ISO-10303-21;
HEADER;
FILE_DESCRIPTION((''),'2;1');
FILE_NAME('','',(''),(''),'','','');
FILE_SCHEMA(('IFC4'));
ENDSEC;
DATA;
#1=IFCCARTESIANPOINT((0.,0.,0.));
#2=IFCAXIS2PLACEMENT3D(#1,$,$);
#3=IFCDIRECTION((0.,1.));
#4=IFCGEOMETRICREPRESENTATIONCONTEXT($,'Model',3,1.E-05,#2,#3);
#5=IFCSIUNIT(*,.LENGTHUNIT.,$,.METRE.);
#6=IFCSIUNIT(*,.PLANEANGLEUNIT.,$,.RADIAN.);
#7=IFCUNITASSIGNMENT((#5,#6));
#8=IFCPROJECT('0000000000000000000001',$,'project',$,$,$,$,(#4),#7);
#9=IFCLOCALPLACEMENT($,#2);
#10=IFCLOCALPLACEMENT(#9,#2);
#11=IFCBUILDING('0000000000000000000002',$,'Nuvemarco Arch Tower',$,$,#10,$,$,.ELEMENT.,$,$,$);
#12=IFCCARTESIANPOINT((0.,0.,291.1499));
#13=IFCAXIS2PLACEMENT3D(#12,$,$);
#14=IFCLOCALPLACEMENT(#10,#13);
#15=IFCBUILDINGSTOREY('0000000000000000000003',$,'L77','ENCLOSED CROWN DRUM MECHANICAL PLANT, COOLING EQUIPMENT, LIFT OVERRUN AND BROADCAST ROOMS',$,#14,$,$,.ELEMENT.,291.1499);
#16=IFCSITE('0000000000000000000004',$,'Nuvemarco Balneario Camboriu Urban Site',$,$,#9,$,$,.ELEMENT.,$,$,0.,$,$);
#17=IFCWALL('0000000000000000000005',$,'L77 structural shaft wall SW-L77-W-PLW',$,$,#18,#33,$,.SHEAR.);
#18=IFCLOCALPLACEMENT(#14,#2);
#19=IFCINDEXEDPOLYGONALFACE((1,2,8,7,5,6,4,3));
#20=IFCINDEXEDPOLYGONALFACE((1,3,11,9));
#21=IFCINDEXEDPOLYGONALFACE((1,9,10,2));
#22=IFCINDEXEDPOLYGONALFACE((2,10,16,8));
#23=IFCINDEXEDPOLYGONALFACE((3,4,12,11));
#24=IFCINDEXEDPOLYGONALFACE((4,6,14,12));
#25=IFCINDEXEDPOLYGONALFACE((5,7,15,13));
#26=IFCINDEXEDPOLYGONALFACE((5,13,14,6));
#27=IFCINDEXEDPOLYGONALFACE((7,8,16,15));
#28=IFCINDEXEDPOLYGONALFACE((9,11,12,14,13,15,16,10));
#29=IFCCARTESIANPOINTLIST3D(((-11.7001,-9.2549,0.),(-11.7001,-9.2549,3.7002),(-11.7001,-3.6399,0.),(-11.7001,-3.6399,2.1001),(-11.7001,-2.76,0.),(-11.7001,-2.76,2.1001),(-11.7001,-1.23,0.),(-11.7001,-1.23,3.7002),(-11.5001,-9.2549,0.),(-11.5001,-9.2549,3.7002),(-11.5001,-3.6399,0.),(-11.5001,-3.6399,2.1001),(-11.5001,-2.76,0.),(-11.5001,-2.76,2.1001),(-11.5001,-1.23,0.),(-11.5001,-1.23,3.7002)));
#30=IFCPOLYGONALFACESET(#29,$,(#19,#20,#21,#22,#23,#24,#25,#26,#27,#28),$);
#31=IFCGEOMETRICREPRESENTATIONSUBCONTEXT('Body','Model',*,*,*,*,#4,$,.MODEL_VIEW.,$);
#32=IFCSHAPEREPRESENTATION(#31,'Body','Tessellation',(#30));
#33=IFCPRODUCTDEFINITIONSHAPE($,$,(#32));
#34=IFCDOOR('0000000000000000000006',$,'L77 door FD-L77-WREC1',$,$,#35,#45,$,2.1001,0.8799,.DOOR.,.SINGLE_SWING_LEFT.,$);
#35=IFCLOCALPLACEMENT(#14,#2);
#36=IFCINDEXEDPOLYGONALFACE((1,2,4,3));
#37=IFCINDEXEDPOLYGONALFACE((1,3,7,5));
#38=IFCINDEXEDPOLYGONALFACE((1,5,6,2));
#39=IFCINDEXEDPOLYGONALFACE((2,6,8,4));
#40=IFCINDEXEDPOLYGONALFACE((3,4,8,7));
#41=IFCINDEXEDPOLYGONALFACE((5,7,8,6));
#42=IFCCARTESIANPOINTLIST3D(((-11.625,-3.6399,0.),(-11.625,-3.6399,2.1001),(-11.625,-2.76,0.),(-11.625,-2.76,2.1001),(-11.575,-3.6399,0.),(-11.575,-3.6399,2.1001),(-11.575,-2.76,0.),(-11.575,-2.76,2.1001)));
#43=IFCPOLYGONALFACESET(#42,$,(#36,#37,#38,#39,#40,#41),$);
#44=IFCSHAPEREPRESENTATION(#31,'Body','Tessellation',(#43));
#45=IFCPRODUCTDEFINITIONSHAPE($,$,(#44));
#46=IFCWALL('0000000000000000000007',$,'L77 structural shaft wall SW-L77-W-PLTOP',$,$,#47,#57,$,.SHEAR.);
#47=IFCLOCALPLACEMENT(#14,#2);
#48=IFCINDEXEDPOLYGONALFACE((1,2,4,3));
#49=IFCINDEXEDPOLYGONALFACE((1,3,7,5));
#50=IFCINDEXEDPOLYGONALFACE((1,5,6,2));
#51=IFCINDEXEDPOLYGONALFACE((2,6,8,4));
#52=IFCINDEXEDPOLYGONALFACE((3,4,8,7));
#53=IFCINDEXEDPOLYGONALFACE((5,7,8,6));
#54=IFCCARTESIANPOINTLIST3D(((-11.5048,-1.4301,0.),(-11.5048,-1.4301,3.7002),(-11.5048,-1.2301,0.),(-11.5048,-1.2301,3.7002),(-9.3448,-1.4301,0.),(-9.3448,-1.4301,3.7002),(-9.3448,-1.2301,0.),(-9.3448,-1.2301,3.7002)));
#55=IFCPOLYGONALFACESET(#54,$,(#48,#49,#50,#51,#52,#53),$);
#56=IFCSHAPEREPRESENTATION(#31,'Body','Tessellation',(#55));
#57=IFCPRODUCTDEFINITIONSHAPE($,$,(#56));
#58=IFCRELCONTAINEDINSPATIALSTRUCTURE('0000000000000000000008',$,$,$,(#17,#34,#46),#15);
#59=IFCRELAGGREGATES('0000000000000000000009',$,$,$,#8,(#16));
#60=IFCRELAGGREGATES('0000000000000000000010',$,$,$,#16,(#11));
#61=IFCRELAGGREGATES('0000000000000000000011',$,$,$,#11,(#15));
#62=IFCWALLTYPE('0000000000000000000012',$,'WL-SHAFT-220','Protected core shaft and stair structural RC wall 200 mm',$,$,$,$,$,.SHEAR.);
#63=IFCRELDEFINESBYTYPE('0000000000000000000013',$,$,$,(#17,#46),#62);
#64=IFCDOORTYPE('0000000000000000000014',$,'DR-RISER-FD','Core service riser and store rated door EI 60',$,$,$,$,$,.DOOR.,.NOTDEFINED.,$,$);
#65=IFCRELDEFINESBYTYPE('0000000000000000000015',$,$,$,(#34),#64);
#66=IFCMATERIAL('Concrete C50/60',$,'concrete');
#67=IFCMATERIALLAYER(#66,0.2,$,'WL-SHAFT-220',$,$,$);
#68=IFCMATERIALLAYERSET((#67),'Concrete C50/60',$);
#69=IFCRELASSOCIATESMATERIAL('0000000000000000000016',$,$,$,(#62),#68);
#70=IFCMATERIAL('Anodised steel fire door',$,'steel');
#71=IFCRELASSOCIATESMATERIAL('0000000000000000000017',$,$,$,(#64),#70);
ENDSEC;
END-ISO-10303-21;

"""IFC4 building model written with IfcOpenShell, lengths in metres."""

from ifc_helpers import new_model, si_unit, direction, frame, frame_2d, origin, place, context, subcontext, project, spatial, rectangle, extrude, source, transform, mapped, material, layer, layer_set, type_object, type_shapes, element, fill, save


model = new_model("IFC4")

# Units and contexts
model_context = context("Model", 3, precision=1e-05, world=origin(), true_north=direction((0.0, 1.0)))
body_context = subcontext(model_context, "Body", "Model", "MODEL_VIEW")
ifc_project = project(units=[si_unit("LENGTHUNIT", "METRE"), si_unit("PLANEANGLEUNIT", "RADIAN")], contexts=[model_context])

# Site, building, storey
site_placement = place(None, origin())
site = spatial("IfcSite", under=ifc_project, at=site_placement, Name="Nuvemarco Balneario Camboriu Urban Site", CompositionType="ELEMENT", RefElevation=0.0)
building_placement = place(site_placement, origin())
building = spatial("IfcBuilding", under=site, at=building_placement, Name="Nuvemarco Arch Tower", CompositionType="ELEMENT")
storey_placement = place(building_placement, frame((0.0, 0.0, 291.1499)))
storey = spatial("IfcBuildingStorey", under=building, at=storey_placement, Name="L77", Description="ENCLOSED CROWN DRUM MECHANICAL PLANT, COOLING EQUIPMENT, LIFT OVERRUN AND BROADCAST ROOMS", CompositionType="ELEMENT", Elevation=291.1499)

# Shared definitions
ifc_material_1 = material(Name="Concrete C50/60", Category="concrete")

# Shared definitions
ifc_material_2 = material(Name="Anodised steel fire door", Category="steel")

# Shared definitions
ifc_layer_1 = layer(ifc_material_1, 0.2, Name="WL-SHAFT-220")
ifc_layer_set_1 = layer_set([ifc_layer_1], Name="Concrete C50/60")
wall_type_1 = type_object("IfcWallType", Name="WL-SHAFT-220", Description="Protected core shaft and stair structural RC wall 200 mm", PredefinedType="SHEAR", material=ifc_layer_set_1)

# Shared definitions
door_type_1 = type_object("IfcDoorType", Name="DR-RISER-FD", Description="Core service riser and store rated door EI 60", OperationType="NOTDEFINED", PredefinedType="DOOR", material=ifc_material_2)
shared_shape_1 = source(origin(), body_context, "Body", "SweptSolid", [
    extrude(rectangle(XDim=0.8799, YDim=2.1001, at=frame_2d((0.4399, 1.05))), frame((0.0, 0.0249, 0.0), z_axis=(0.0, -1.0, 0.0), x_axis=(1.0, 0.0, 0.0)), (0.0, 0.0, 1.0), 0.05),
])
type_shapes(door_type_1, [shared_shape_1])

# Wall, opening, door
wall_1_placement = place(storey_placement, frame((-11.6001, -9.2549, 0.0), z_axis=(0.0, 0.0, 1.0), x_axis=(0.0, 1.0, 0.0)))
wall_1 = element("IfcWall", 1, at=wall_1_placement, inside=storey, type_object=wall_type_1, Name="L77 structural shaft wall SW-L77-W-PLW", PredefinedType="SHEAR", context=body_context, shape_type="SweptSolid", body=[
    extrude(rectangle(XDim=8.0249, YDim=0.2, at=frame_2d((4.0125, 0.0))), origin(), (0.0, 0.0, 1.0), 3.7002),
])
opening_1_placement = place(wall_1_placement, frame((5.615, 0.0, 0.0)))
opening_1 = element("IfcOpeningElement", 2, at=opening_1_placement, cuts=wall_1, PredefinedType="OPENING", context=body_context, shape_type="SweptSolid", body=[
    extrude(rectangle(XDim=0.8799, YDim=2.1001, at=frame_2d((0.4399, 1.05))), frame((0.0, 0.1099, 0.0), z_axis=(0.0, -1.0, 0.0), x_axis=(1.0, 0.0, 0.0)), (0.0, 0.0, 1.0), 0.22),
])
door_1_placement = place(opening_1_placement, origin())
door_1 = element("IfcDoor", 3, at=door_1_placement, inside=storey, type_object=door_type_1, Name="L77 door FD-L77-WREC1", OperationType="SINGLE_SWING_LEFT", OverallHeight=2.1001, OverallWidth=0.8799, PredefinedType="DOOR", context=body_context, shape_type="MappedRepresentation", body=[
    mapped(shared_shape_1, transform((0.0, 0.0, 0.0), scale=1.0)),
])
fill(opening_1, door_1)

# Wall
wall_2_placement = place(storey_placement, frame((-11.5049, -1.3301, 0.0), z_axis=(0.0, 0.0, 1.0), x_axis=(1.0, 0.0, 0.0)))
element("IfcWall", 4, at=wall_2_placement, inside=storey, type_object=wall_type_1, Name="L77 structural shaft wall SW-L77-W-PLTOP", PredefinedType="SHEAR", context=body_context, shape_type="SweptSolid", body=[
    extrude(rectangle(XDim=2.1599, YDim=0.2, at=frame_2d((1.0801, 0.0))), origin(), (0.0, 0.0, 1.0), 3.7002),
])

save(model, "model.ifc")
